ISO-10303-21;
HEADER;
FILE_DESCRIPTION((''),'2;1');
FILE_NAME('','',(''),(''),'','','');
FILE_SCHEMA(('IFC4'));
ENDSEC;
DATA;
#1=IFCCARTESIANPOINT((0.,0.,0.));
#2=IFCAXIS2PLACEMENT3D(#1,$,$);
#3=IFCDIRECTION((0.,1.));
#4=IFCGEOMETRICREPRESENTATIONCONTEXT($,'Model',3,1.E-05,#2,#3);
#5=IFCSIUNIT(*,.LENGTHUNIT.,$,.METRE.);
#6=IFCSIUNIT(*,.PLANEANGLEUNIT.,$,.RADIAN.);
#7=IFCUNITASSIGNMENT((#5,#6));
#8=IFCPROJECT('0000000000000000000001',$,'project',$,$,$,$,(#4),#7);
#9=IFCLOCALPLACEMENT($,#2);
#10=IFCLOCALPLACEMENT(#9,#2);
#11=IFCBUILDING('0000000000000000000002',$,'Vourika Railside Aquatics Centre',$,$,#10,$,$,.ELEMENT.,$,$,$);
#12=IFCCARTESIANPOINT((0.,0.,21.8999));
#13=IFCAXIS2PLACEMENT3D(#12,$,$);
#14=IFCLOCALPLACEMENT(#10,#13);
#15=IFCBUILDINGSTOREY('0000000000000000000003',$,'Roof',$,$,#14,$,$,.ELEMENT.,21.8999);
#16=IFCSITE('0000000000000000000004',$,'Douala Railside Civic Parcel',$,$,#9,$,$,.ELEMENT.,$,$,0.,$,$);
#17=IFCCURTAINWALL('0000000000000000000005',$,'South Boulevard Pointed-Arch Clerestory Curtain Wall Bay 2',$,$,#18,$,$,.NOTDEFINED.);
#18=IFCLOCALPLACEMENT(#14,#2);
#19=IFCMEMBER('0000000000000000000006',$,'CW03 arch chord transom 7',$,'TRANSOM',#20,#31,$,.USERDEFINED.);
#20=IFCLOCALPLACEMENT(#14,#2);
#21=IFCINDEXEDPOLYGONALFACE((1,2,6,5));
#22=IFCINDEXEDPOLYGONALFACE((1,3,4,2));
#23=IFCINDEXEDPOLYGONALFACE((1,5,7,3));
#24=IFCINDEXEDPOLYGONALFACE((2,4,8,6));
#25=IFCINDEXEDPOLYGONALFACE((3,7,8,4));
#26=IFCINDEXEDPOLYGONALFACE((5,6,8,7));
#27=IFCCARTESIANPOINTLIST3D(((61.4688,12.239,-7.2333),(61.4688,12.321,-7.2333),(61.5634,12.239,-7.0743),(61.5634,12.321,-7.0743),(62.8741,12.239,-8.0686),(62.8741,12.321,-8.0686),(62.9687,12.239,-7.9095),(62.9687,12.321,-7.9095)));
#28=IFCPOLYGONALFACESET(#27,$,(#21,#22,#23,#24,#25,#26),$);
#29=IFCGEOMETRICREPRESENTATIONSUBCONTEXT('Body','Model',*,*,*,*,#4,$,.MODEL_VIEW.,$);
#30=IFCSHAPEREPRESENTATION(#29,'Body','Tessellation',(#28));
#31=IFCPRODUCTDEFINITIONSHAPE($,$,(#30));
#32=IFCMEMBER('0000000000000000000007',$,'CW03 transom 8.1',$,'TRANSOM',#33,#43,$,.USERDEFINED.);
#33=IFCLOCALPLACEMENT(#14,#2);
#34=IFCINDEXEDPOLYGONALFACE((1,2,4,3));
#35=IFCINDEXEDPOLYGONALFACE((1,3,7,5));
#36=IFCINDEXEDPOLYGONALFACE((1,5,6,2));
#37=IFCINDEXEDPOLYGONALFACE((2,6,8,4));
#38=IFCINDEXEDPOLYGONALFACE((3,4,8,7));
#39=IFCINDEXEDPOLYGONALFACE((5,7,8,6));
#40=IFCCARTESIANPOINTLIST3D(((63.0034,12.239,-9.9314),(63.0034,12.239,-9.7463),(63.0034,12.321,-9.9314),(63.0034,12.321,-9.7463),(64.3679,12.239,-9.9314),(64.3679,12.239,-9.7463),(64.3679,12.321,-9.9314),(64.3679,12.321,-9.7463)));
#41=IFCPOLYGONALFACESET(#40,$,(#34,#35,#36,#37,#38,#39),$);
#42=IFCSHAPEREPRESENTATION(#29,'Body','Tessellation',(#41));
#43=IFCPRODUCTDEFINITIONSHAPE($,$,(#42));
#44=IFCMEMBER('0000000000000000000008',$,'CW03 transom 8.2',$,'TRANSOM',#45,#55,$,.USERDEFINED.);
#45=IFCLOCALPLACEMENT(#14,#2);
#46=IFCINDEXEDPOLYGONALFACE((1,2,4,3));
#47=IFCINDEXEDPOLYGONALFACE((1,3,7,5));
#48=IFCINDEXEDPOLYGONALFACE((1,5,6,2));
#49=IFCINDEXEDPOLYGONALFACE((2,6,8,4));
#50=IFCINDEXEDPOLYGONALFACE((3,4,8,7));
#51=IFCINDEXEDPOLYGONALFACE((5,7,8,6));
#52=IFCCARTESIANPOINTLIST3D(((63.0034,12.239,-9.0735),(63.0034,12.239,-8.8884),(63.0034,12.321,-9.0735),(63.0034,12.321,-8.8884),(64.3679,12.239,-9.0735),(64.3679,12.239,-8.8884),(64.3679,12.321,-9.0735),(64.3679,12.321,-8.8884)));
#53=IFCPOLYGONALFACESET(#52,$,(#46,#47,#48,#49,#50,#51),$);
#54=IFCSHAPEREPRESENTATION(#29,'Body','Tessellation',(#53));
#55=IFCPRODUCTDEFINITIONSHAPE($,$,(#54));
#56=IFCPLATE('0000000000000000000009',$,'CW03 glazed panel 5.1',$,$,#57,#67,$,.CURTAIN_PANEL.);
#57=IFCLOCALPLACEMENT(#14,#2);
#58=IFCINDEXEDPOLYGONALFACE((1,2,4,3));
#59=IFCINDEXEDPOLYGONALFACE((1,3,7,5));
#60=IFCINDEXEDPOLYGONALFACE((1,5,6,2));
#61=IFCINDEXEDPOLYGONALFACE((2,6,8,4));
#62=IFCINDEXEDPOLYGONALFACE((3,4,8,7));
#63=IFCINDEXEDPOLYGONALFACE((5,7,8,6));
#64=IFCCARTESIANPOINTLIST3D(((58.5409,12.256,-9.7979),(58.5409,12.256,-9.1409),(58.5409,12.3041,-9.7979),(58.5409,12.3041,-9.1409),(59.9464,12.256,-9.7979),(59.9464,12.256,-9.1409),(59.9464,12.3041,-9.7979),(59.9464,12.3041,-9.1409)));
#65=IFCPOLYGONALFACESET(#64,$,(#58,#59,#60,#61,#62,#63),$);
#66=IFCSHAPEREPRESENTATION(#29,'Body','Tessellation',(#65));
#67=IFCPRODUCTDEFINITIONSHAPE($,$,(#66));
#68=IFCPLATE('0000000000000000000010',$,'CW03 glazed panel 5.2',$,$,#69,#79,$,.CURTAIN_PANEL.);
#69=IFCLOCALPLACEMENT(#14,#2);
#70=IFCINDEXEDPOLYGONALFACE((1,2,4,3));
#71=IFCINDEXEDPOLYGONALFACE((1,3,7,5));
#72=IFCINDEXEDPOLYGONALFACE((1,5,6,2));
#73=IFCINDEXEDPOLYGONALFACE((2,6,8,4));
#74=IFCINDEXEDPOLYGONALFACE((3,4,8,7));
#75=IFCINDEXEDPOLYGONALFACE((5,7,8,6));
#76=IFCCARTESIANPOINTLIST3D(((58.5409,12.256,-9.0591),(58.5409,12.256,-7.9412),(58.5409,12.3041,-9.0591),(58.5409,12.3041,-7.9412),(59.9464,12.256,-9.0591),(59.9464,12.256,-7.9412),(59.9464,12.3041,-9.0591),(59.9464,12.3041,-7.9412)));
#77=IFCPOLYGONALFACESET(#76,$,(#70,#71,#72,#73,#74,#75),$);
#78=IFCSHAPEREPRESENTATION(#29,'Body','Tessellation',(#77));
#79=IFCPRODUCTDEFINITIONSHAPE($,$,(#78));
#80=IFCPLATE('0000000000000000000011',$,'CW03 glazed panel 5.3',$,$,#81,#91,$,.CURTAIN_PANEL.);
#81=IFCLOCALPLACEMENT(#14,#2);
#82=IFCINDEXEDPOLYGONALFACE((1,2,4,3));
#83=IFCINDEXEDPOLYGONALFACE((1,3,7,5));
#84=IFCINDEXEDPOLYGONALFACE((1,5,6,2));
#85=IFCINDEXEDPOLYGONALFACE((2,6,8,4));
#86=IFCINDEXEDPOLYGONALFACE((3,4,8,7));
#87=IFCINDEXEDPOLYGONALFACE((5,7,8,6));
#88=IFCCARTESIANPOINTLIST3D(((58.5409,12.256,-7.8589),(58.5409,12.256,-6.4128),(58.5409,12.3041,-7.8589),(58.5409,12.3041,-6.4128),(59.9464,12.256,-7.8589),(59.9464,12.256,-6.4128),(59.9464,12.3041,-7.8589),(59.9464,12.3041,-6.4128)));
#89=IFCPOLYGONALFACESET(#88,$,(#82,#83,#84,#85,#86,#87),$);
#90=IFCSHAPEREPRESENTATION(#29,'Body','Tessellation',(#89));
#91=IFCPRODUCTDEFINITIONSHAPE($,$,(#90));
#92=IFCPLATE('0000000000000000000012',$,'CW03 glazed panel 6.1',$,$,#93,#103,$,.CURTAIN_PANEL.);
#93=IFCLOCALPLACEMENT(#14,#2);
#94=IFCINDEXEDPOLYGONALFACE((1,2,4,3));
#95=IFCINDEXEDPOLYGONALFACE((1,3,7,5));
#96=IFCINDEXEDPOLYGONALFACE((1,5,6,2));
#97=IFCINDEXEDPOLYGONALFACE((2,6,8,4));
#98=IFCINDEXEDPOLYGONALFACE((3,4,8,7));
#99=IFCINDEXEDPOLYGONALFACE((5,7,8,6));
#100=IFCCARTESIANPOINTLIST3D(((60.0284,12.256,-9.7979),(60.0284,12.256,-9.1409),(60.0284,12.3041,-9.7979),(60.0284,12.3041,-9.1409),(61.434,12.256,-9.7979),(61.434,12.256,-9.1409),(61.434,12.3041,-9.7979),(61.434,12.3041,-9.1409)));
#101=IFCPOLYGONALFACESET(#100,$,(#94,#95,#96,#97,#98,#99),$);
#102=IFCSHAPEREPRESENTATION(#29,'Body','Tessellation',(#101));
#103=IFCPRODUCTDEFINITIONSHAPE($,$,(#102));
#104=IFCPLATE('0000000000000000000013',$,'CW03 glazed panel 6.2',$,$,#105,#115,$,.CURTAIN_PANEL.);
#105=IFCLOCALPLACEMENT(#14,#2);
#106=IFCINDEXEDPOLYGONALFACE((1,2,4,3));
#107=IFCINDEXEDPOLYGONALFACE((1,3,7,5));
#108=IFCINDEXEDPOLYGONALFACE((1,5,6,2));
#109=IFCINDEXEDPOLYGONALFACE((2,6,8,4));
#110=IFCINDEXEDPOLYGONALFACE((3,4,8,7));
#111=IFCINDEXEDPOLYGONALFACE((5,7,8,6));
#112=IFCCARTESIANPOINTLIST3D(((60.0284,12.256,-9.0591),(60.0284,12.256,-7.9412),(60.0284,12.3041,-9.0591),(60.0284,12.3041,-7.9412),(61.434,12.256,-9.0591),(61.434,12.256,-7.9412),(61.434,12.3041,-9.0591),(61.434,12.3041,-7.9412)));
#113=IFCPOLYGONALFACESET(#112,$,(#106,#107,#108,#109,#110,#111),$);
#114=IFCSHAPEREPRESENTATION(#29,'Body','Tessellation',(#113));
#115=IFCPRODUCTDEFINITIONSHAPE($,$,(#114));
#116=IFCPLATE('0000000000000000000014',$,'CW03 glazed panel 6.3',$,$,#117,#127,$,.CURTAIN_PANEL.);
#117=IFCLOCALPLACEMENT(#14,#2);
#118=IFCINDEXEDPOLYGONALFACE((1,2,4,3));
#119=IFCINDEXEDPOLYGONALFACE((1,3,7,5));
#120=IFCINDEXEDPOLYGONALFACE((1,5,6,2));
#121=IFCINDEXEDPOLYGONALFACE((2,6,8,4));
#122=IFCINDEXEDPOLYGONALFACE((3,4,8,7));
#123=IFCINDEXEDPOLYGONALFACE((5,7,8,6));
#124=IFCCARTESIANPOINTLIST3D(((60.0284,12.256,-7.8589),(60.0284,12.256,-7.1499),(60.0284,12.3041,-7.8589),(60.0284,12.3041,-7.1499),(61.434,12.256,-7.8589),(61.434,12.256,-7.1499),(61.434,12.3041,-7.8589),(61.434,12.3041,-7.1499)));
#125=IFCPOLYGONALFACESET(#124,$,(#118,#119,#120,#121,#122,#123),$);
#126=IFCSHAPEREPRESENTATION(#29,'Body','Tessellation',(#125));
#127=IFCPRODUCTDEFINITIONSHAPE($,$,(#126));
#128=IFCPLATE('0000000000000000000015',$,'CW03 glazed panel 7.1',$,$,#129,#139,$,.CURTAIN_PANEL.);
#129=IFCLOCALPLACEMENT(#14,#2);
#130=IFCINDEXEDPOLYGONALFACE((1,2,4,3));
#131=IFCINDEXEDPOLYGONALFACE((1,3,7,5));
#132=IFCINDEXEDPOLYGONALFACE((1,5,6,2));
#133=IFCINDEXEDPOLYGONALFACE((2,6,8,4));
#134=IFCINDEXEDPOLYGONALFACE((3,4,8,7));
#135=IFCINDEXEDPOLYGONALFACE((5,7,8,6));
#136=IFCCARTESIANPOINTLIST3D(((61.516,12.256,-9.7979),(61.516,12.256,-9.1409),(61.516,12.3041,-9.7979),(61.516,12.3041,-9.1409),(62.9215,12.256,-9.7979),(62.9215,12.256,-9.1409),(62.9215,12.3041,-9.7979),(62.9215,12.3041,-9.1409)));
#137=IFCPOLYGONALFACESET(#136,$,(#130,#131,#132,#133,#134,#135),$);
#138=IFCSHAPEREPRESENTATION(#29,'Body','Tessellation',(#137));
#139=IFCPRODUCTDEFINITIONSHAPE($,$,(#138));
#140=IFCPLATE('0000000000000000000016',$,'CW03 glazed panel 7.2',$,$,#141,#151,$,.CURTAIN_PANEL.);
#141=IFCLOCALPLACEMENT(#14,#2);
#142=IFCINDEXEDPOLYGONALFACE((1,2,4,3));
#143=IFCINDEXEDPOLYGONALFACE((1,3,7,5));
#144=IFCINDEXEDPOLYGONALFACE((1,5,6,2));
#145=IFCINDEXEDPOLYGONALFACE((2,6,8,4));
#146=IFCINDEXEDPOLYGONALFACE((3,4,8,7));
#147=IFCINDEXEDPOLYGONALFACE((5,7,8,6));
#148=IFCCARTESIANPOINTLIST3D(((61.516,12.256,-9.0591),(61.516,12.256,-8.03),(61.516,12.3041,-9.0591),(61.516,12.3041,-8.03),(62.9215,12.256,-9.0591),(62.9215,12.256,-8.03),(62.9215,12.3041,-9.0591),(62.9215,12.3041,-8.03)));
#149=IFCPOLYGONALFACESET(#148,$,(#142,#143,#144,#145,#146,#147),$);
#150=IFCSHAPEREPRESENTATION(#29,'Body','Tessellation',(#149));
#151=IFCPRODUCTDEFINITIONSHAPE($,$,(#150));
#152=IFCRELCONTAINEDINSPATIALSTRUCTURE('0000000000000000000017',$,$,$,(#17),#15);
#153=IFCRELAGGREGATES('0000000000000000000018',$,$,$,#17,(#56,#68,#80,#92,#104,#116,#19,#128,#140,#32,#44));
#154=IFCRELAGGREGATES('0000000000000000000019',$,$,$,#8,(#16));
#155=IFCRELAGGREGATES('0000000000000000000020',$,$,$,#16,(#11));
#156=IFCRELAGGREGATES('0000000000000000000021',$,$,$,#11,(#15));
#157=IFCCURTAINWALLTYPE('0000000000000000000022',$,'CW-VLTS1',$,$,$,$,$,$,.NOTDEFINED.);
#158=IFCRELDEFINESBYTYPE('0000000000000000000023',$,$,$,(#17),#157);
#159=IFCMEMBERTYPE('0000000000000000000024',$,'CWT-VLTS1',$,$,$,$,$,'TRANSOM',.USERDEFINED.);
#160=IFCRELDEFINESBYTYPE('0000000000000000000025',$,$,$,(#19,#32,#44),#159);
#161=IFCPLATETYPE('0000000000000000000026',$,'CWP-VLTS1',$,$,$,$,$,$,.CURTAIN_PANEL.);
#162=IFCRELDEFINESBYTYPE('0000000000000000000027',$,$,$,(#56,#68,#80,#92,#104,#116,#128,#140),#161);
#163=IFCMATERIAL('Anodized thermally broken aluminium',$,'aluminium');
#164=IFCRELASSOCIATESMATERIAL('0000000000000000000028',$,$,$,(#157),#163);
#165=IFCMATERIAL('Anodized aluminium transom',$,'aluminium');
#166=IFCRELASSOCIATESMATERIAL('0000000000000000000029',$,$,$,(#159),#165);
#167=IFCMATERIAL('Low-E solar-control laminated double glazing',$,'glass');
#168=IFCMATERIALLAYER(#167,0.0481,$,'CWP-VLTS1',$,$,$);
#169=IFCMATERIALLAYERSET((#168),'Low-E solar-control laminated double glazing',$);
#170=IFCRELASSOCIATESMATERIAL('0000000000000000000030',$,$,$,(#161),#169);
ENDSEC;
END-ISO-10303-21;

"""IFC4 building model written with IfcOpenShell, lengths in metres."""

from ifc_helpers import new_model, si_unit, direction, frame, origin, origin_2d, place, context, subcontext, project, spatial, rectangle, extrude, material, layer, layer_set, material_profile, profile_set, type_object, element, aggregate, save


model = new_model("IFC4")

# Units and contexts
model_context = context("Model", 3, precision=1e-05, world=origin(), true_north=direction((0.0, 1.0)))
body_context = subcontext(model_context, "Body", "Model", "MODEL_VIEW")
ifc_project = project(units=[si_unit("LENGTHUNIT", "METRE"), si_unit("PLANEANGLEUNIT", "RADIAN")], contexts=[model_context])

# Site, building, storey
site_placement = place(None, origin())
site = spatial("IfcSite", under=ifc_project, at=site_placement, Name="Douala Railside Civic Parcel", CompositionType="ELEMENT", RefElevation=0.0)
building_placement = place(site_placement, origin())
building = spatial("IfcBuilding", under=site, at=building_placement, Name="Vourika Railside Aquatics Centre", CompositionType="ELEMENT")
storey_placement = place(building_placement, frame((0.0, 0.0, 21.8999)))
storey = spatial("IfcBuildingStorey", under=building, at=storey_placement, Name="Roof", CompositionType="ELEMENT", Elevation=21.8999)

# Curtain wall, members, plates
ifc_material_1 = material(Name="Anodized thermally broken aluminium", Category="aluminium")
curtain_wall_type = type_object("IfcCurtainWallType", Name="CW-VLTS1", PredefinedType="NOTDEFINED", material=ifc_material_1)
curtain_wall_placement = place(storey_placement, origin())
curtain_wall = element("IfcCurtainWall", 1, at=curtain_wall_placement, inside=storey, type_object=curtain_wall_type, Name="South Boulevard Pointed-Arch Clerestory Curtain Wall Bay 2", PredefinedType="NOTDEFINED")
ifc_material_2 = material(Name="Anodized aluminium transom", Category="aluminium")
ifc_material_profile_1 = material_profile(ifc_material_2, rectangle(XDim=0.082, YDim=0.1851, at=origin_2d()), Name="ALU-T 82x185")
ifc_profile_set_1 = profile_set([ifc_material_profile_1], Name="Anodized aluminium transom")
member_type_1 = type_object("IfcMemberType", Name="CWT-VLTS1", ElementType="TRANSOM", PredefinedType="USERDEFINED", material=ifc_profile_set_1)
member_1_placement = place(storey_placement, frame((61.5161, 12.28, -7.1538), z_axis=(0.859633, 0.0, -0.510911), x_axis=(0.0, 1.0, 0.0)))
member_1 = element("IfcMember", 2, at=member_1_placement, type_object=member_type_1, Name="CW03 arch chord transom 7", ObjectType="TRANSOM", PredefinedType="USERDEFINED", context=body_context, shape_type="SweptSolid", body=[
    extrude(rectangle(XDim=0.082, YDim=0.1851, at=origin_2d()), origin(), (0.0, 0.0, 1.0), 1.6348),
])
member_2_placement = place(storey_placement, frame((63.0034, 12.28, -9.8389), z_axis=(1.0, 0.0, 0.0), x_axis=(0.0, 1.0, 0.0)))
member_2 = element("IfcMember", 3, at=member_2_placement, type_object=member_type_1, Name="CW03 transom 8.1", ObjectType="TRANSOM", PredefinedType="USERDEFINED", context=body_context, shape_type="SweptSolid", body=[
    extrude(rectangle(XDim=0.082, YDim=0.1851, at=origin_2d()), origin(), (0.0, 0.0, 1.0), 1.3645),
])
member_3_placement = place(storey_placement, frame((63.0034, 12.28, -8.981), z_axis=(1.0, 0.0, 0.0), x_axis=(0.0, 1.0, 0.0)))
member_3 = element("IfcMember", 4, at=member_3_placement, type_object=member_type_1, Name="CW03 transom 8.2", ObjectType="TRANSOM", PredefinedType="USERDEFINED", context=body_context, shape_type="SweptSolid", body=[
    extrude(rectangle(XDim=0.082, YDim=0.1851, at=origin_2d()), origin(), (0.0, 0.0, 1.0), 1.3645),
])
ifc_material_3 = material(Name="Low-E solar-control laminated double glazing", Category="glass")
ifc_layer = layer(ifc_material_3, 0.0481, Name="CWP-VLTS1")
ifc_layer_set = layer_set([ifc_layer], Name="Low-E solar-control laminated double glazing")
plate_type = type_object("IfcPlateType", Name="CWP-VLTS1", PredefinedType="CURTAIN_PANEL", material=ifc_layer_set)
plate_1_placement = place(storey_placement, frame((59.2437, 12.28, -9.7979), z_axis=(0.0, 0.0, 1.0), x_axis=(1.0, 0.0, 0.0)))
plate_1 = element("IfcPlate", 5, at=plate_1_placement, type_object=plate_type, Name="CW03 glazed panel 5.1", PredefinedType="CURTAIN_PANEL", context=body_context, shape_type="SweptSolid", body=[
    extrude(rectangle(XDim=1.4055, YDim=0.0481, at=origin_2d()), origin(), (0.0, 0.0, 1.0), 0.657),
])
plate_2_placement = place(storey_placement, frame((59.2437, 12.28, -9.0591), z_axis=(0.0, 0.0, 1.0), x_axis=(1.0, 0.0, 0.0)))
plate_2 = element("IfcPlate", 6, at=plate_2_placement, type_object=plate_type, Name="CW03 glazed panel 5.2", PredefinedType="CURTAIN_PANEL", context=body_context, shape_type="SweptSolid", body=[
    extrude(rectangle(XDim=1.4055, YDim=0.0481, at=origin_2d()), origin(), (0.0, 0.0, 1.0), 1.1179),
])
plate_3_placement = place(storey_placement, frame((59.2437, 12.28, -7.8589), z_axis=(0.0, 0.0, 1.0), x_axis=(1.0, 0.0, 0.0)))
plate_3 = element("IfcPlate", 7, at=plate_3_placement, type_object=plate_type, Name="CW03 glazed panel 5.3", PredefinedType="CURTAIN_PANEL", context=body_context, shape_type="SweptSolid", body=[
    extrude(rectangle(XDim=1.4055, YDim=0.0481, at=origin_2d()), origin(), (0.0, 0.0, 1.0), 1.446),
])
plate_4_placement = place(storey_placement, frame((60.7312, 12.28, -9.7979), z_axis=(0.0, 0.0, 1.0), x_axis=(1.0, 0.0, 0.0)))
plate_4 = element("IfcPlate", 8, at=plate_4_placement, type_object=plate_type, Name="CW03 glazed panel 6.1", PredefinedType="CURTAIN_PANEL", context=body_context, shape_type="SweptSolid", body=[
    extrude(rectangle(XDim=1.4055, YDim=0.0481, at=origin_2d()), origin(), (0.0, 0.0, 1.0), 0.657),
])
plate_5_placement = place(storey_placement, frame((60.7312, 12.28, -9.0591), z_axis=(0.0, 0.0, 1.0), x_axis=(1.0, 0.0, 0.0)))
plate_5 = element("IfcPlate", 9, at=plate_5_placement, type_object=plate_type, Name="CW03 glazed panel 6.2", PredefinedType="CURTAIN_PANEL", context=body_context, shape_type="SweptSolid", body=[
    extrude(rectangle(XDim=1.4055, YDim=0.0481, at=origin_2d()), origin(), (0.0, 0.0, 1.0), 1.1179),
])
plate_6_placement = place(storey_placement, frame((60.7312, 12.28, -7.8589), z_axis=(0.0, 0.0, 1.0), x_axis=(1.0, 0.0, 0.0)))
plate_6 = element("IfcPlate", 10, at=plate_6_placement, type_object=plate_type, Name="CW03 glazed panel 6.3", PredefinedType="CURTAIN_PANEL", context=body_context, shape_type="SweptSolid", body=[
    extrude(rectangle(XDim=1.4055, YDim=0.0481, at=origin_2d()), origin(), (0.0, 0.0, 1.0), 0.709),
])
plate_7_placement = place(storey_placement, frame((62.2188, 12.28, -9.7979), z_axis=(0.0, 0.0, 1.0), x_axis=(1.0, 0.0, 0.0)))
plate_7 = element("IfcPlate", 11, at=plate_7_placement, type_object=plate_type, Name="CW03 glazed panel 7.1", PredefinedType="CURTAIN_PANEL", context=body_context, shape_type="SweptSolid", body=[
    extrude(rectangle(XDim=1.4055, YDim=0.0481, at=origin_2d()), origin(), (0.0, 0.0, 1.0), 0.657),
])
plate_8_placement = place(storey_placement, frame((62.2188, 12.28, -9.0591), z_axis=(0.0, 0.0, 1.0), x_axis=(1.0, 0.0, 0.0)))
plate_8 = element("IfcPlate", 12, at=plate_8_placement, type_object=plate_type, Name="CW03 glazed panel 7.2", PredefinedType="CURTAIN_PANEL", context=body_context, shape_type="SweptSolid", body=[
    extrude(rectangle(XDim=1.4055, YDim=0.0481, at=origin_2d()), origin(), (0.0, 0.0, 1.0), 1.0291),
])
aggregate(curtain_wall, [plate_1, plate_2, plate_3, plate_4, plate_5, plate_6, member_1, plate_7, plate_8, member_2, member_3])

save(model, "model.ifc")
